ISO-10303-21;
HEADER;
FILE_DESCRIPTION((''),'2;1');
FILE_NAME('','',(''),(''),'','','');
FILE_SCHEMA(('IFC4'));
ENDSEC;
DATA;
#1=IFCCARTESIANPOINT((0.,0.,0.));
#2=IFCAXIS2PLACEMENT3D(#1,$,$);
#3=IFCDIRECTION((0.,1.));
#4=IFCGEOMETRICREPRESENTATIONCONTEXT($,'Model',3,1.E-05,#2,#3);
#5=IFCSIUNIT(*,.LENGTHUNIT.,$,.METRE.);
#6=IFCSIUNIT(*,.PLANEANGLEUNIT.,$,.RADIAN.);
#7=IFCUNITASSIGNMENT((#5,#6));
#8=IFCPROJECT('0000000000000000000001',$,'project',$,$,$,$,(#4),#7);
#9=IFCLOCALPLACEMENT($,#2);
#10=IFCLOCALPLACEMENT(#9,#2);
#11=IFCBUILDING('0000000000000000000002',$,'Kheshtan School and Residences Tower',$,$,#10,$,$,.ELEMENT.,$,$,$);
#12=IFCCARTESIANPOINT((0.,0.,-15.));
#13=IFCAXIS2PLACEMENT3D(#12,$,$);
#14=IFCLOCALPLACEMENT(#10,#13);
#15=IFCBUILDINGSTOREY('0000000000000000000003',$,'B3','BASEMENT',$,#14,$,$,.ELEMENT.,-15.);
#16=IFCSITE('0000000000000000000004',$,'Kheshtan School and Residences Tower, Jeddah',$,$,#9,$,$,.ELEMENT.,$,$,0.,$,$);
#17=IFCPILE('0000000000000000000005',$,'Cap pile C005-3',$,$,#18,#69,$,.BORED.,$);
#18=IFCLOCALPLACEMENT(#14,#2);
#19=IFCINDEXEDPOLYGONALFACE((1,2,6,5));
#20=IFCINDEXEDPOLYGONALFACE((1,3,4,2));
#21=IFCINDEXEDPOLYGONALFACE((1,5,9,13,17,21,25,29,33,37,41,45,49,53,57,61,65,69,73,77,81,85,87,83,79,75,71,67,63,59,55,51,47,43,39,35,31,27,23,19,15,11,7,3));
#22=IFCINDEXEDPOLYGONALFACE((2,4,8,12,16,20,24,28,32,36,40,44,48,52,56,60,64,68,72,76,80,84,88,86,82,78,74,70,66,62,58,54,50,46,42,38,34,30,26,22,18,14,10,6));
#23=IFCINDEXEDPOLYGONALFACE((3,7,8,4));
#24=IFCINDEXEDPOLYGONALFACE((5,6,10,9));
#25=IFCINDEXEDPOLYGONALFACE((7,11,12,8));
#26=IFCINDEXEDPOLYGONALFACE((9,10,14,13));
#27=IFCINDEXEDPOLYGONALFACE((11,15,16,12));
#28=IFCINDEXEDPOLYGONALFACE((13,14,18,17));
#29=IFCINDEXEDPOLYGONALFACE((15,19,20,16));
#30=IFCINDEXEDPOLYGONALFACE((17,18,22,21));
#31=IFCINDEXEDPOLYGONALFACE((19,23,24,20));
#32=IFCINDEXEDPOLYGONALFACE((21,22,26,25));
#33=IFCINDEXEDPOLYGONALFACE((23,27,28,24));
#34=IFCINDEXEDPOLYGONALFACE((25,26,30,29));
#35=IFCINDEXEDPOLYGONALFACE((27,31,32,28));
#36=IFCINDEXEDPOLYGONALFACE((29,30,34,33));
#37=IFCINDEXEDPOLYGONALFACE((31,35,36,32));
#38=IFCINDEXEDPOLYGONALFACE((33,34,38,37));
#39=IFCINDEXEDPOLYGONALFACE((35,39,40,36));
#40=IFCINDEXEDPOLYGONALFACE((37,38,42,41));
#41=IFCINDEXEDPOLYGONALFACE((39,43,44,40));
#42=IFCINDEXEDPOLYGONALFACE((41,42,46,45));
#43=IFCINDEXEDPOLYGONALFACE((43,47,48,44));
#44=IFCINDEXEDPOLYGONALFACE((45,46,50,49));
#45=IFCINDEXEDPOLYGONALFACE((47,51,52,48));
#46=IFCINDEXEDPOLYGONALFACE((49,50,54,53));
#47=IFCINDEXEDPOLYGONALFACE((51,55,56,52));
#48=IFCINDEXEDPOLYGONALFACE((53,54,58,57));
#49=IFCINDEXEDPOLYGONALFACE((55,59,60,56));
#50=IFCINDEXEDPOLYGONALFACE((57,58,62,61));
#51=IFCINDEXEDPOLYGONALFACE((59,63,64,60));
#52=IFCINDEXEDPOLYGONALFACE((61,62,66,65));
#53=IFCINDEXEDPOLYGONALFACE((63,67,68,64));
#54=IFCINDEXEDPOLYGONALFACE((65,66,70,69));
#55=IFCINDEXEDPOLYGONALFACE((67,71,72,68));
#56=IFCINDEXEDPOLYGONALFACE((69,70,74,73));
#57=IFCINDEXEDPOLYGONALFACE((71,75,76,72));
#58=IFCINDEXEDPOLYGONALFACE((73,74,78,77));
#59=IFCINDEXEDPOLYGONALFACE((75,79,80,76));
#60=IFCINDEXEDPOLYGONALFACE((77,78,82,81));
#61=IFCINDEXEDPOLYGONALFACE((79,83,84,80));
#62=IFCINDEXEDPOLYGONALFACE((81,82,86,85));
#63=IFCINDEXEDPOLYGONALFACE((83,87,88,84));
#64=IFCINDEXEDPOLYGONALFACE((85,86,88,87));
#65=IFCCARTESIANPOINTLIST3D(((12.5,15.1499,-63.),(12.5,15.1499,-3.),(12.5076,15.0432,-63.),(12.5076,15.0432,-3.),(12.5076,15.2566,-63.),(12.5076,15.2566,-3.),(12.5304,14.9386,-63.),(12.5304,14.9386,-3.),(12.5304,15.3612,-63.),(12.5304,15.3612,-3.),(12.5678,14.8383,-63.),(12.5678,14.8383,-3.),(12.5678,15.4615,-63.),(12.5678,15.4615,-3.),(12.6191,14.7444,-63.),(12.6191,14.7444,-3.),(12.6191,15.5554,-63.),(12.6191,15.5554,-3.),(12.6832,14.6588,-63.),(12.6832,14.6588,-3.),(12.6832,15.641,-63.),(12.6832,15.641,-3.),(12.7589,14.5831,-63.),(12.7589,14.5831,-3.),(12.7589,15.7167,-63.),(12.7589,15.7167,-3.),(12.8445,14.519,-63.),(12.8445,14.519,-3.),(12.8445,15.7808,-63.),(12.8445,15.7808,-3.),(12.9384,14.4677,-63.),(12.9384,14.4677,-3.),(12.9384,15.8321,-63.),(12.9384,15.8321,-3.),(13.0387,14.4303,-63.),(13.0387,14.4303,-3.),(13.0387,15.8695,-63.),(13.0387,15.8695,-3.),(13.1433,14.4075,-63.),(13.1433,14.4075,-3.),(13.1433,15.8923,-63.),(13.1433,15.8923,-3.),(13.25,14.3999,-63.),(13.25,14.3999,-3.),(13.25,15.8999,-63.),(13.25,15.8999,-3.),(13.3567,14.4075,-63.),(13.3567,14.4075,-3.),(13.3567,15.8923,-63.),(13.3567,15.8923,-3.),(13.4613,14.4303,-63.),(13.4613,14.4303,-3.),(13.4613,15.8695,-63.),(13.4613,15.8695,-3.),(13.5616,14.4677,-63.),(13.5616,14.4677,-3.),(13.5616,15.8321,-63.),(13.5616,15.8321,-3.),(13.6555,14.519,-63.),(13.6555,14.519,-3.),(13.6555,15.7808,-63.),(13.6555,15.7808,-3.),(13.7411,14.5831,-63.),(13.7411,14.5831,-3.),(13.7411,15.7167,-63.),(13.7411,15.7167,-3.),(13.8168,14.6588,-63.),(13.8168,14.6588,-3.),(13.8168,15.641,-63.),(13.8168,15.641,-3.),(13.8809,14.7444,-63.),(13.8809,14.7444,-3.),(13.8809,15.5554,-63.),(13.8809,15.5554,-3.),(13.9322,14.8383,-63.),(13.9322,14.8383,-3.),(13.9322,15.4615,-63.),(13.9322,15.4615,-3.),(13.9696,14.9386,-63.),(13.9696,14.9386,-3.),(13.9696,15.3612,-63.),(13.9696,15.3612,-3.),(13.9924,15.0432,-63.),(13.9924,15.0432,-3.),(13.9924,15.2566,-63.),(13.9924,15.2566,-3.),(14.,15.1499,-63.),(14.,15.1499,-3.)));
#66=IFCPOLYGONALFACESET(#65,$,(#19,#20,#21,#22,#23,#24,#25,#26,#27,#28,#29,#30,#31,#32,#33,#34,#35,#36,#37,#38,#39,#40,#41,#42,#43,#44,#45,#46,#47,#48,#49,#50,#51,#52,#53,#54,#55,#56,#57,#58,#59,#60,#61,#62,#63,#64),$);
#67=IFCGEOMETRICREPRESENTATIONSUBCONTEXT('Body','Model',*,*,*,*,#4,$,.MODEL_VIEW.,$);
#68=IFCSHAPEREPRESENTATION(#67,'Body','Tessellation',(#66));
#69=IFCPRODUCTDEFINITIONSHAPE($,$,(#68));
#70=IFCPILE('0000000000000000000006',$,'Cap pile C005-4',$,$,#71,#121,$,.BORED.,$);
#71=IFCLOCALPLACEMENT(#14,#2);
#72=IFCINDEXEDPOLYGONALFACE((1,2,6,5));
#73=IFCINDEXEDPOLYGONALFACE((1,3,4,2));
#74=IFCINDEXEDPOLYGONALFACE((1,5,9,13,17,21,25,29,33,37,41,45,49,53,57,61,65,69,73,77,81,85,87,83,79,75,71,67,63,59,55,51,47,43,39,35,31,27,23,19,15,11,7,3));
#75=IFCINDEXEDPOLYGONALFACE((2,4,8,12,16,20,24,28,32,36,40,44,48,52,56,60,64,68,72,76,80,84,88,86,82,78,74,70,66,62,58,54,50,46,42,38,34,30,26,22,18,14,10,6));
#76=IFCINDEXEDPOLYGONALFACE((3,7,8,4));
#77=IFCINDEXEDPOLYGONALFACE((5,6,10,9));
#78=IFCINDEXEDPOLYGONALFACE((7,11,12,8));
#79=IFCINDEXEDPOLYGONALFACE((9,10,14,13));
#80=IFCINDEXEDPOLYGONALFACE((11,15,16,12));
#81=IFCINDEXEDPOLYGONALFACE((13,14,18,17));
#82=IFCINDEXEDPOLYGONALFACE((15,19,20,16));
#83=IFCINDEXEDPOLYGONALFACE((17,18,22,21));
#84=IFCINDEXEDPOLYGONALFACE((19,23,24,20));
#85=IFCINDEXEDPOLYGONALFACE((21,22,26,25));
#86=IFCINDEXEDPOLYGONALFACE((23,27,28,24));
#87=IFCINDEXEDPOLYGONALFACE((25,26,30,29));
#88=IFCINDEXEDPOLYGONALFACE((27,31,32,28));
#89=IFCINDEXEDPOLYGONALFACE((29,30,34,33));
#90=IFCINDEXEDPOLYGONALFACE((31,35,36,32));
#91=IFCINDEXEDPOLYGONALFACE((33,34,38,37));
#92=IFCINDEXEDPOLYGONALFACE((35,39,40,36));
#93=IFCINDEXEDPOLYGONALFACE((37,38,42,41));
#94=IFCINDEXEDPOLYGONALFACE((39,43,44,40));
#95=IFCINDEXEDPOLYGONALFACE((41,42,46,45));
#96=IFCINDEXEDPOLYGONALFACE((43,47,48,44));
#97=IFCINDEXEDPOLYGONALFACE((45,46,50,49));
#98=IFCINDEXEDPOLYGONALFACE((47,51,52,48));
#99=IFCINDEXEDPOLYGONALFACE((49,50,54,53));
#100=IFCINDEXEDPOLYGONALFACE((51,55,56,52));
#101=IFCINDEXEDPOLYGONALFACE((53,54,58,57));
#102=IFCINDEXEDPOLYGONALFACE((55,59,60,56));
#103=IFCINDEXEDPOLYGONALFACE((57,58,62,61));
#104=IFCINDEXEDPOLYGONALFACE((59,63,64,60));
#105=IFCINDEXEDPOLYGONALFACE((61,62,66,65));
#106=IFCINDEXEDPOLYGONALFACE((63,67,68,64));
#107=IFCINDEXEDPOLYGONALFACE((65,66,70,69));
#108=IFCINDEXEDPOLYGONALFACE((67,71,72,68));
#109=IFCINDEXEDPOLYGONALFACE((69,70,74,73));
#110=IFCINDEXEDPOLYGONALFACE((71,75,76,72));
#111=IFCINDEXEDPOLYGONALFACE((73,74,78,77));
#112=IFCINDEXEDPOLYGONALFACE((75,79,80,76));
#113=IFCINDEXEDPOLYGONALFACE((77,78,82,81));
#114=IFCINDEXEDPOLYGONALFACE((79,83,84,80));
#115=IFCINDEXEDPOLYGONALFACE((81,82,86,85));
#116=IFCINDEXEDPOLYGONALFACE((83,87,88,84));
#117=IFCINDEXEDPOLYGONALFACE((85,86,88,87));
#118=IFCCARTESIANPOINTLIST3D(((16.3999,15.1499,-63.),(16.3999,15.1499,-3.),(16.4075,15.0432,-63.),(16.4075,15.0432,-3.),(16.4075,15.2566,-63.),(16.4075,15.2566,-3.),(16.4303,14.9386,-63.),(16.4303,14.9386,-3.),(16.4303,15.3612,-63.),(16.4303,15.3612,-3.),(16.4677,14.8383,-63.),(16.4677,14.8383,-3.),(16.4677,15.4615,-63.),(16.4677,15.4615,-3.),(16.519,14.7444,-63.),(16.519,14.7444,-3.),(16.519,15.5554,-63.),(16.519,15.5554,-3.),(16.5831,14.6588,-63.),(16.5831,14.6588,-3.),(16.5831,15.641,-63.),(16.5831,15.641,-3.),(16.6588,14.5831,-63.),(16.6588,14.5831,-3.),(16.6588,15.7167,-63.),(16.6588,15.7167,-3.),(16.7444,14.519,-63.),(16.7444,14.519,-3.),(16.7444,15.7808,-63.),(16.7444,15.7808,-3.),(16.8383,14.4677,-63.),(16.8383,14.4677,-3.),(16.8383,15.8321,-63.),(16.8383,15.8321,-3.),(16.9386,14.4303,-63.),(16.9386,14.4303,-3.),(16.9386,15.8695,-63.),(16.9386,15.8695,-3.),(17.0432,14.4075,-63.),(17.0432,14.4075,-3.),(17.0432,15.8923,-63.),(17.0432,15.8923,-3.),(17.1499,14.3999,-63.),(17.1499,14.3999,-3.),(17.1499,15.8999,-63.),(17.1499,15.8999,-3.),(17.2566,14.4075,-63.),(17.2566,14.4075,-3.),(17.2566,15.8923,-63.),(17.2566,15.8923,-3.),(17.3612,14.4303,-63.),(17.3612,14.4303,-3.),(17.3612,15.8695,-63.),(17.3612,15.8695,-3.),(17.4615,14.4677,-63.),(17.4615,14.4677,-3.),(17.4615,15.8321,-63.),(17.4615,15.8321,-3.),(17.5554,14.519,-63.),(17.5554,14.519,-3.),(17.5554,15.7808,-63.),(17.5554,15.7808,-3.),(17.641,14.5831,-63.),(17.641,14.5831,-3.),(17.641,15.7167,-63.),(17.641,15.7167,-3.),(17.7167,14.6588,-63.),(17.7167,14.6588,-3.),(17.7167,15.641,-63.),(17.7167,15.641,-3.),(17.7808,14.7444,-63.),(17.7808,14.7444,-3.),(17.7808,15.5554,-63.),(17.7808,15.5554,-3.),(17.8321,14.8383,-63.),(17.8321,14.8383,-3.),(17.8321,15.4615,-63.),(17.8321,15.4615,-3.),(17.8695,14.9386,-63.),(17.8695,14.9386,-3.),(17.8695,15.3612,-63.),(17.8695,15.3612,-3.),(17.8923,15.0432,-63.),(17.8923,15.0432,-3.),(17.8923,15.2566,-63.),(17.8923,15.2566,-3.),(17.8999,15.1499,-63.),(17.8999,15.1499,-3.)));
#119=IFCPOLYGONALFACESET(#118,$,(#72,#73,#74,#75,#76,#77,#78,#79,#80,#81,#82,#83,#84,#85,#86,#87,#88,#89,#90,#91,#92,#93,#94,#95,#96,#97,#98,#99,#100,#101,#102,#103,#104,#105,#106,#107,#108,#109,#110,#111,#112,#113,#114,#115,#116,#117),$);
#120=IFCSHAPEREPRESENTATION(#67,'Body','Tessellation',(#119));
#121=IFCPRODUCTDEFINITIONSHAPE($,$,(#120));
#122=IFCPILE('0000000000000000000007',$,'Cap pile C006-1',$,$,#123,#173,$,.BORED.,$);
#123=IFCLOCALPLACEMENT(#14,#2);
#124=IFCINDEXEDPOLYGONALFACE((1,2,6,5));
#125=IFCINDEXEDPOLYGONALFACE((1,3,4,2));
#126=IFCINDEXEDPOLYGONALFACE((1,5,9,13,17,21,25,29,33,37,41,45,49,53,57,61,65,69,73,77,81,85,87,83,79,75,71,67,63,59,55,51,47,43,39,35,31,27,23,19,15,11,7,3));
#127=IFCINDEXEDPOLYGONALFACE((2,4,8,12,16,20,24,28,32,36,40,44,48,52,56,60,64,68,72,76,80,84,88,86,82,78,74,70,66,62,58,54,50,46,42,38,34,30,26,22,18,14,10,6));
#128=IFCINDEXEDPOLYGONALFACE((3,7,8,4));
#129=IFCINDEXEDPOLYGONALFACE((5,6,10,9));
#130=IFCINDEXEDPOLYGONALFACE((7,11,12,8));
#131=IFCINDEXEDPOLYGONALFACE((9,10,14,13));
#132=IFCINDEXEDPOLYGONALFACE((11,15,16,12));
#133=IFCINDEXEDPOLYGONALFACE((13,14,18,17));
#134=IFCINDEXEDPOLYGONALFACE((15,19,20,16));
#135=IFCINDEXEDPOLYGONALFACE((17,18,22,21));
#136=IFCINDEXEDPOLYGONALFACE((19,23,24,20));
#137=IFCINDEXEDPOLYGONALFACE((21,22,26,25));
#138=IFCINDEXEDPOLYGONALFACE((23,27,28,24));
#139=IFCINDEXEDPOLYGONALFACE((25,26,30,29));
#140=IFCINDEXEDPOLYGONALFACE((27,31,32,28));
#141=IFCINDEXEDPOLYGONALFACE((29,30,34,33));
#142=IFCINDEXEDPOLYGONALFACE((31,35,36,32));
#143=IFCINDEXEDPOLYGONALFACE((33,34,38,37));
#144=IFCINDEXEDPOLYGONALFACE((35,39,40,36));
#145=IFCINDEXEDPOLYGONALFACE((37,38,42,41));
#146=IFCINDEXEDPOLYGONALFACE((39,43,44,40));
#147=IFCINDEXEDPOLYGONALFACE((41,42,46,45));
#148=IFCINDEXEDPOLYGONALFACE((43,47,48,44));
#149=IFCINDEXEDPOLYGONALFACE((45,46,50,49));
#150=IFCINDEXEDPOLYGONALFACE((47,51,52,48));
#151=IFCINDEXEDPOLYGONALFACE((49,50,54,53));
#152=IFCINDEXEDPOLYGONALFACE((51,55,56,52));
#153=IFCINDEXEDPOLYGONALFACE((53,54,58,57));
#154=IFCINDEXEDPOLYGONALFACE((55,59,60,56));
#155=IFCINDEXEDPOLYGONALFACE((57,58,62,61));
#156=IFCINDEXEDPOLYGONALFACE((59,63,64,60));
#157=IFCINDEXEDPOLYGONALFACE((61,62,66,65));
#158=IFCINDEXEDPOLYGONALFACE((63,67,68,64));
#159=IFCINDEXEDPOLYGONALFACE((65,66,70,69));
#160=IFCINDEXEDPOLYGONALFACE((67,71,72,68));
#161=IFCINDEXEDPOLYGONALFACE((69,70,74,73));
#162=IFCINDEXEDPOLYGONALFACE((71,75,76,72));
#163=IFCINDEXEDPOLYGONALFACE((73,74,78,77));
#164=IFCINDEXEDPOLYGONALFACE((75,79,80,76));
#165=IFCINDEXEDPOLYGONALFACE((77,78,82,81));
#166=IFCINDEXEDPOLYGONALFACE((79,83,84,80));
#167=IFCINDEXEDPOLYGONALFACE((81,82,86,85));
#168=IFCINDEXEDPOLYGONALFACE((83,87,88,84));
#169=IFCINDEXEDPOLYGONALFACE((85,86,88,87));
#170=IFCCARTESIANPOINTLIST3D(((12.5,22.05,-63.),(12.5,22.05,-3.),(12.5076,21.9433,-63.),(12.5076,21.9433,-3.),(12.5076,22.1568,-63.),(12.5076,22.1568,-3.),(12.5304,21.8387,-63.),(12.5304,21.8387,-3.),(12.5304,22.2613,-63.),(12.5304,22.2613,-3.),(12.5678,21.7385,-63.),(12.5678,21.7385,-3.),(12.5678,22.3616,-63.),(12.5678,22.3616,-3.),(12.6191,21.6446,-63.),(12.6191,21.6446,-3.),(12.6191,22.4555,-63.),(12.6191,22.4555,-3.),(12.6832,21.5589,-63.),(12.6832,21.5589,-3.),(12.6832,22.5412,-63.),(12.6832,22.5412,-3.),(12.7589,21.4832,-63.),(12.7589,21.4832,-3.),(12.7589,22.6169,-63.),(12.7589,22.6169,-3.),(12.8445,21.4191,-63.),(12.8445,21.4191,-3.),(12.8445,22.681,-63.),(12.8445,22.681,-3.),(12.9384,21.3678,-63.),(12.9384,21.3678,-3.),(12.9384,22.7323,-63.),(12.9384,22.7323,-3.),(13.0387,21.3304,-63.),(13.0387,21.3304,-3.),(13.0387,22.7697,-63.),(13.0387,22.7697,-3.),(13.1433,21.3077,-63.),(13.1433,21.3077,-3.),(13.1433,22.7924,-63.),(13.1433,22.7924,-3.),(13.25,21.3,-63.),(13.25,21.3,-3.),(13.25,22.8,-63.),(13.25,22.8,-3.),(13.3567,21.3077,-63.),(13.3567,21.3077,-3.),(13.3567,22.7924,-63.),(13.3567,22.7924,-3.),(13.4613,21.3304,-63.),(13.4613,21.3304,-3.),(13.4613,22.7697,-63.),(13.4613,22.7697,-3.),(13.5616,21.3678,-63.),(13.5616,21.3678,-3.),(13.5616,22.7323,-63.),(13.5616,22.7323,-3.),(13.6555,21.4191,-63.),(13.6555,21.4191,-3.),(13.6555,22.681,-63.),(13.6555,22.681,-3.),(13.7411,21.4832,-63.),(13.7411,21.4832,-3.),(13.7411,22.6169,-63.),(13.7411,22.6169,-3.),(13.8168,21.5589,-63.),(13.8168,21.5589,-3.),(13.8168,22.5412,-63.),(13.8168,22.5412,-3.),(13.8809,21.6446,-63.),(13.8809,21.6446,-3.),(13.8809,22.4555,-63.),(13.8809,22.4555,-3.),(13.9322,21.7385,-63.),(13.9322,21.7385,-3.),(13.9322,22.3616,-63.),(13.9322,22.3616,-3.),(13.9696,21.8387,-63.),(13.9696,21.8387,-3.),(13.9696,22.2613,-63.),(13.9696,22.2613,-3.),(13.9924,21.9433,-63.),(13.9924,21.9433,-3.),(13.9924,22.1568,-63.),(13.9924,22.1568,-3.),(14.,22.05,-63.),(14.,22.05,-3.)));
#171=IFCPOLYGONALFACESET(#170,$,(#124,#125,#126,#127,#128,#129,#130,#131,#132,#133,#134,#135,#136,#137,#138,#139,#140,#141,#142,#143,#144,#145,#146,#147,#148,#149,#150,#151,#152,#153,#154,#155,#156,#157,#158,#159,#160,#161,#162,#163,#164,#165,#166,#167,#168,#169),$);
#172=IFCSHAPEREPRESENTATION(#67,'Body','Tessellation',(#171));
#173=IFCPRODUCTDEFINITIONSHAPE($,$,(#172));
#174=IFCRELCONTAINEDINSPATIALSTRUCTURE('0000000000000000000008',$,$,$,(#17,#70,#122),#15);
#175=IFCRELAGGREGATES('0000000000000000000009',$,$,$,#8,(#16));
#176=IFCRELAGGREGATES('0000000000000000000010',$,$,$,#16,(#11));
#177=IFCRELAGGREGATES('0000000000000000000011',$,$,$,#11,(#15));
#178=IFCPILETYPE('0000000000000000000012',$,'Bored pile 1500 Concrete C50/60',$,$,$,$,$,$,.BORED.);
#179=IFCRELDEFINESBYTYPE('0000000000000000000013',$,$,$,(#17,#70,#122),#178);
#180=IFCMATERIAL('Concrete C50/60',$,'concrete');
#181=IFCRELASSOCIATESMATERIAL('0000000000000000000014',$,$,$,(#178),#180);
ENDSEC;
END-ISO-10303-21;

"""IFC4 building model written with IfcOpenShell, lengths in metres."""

from ifc_helpers import new_model, si_unit, direction, frame, origin, origin_2d, place, context, subcontext, project, spatial, circle, extrude, material, material_profile, profile_set, type_object, element, save


model = new_model("IFC4")

# Units and contexts
model_context = context("Model", 3, precision=1e-05, world=origin(), true_north=direction((0.0, 1.0)))
body_context = subcontext(model_context, "Body", "Model", "MODEL_VIEW")
ifc_project = project(units=[si_unit("LENGTHUNIT", "METRE"), si_unit("PLANEANGLEUNIT", "RADIAN")], contexts=[model_context])

# Site, building, storey
site_placement = place(None, origin())
site = spatial("IfcSite", under=ifc_project, at=site_placement, Name="Kheshtan School and Residences Tower, Jeddah", CompositionType="ELEMENT", RefElevation=0.0)
building_placement = place(site_placement, origin())
building = spatial("IfcBuilding", under=site, at=building_placement, Name="Kheshtan School and Residences Tower", CompositionType="ELEMENT")
storey_placement = place(building_placement, frame((0.0, 0.0, -15.0)))
storey = spatial("IfcBuildingStorey", under=building, at=storey_placement, Name="B3", Description="BASEMENT", CompositionType="ELEMENT", Elevation=-15.0)

# Piles
ifc_material_1 = material(Name="Concrete C50/60", Category="concrete")
ifc_material_profile_1 = material_profile(ifc_material_1, circle(Radius=0.75, at=origin_2d()), Name="BP 1500")
ifc_profile_set_1 = profile_set([ifc_material_profile_1], Name="Concrete C50/60")
pile_type_1 = type_object("IfcPileType", Name="Bored pile 1500 Concrete C50/60", PredefinedType="BORED", material=ifc_profile_set_1)
for number, where, z_axis, x_axis, name in (
    (1, (13.25, 15.1499, -3.0), (0.0, 0.0, -1.0), (1.0, 0.0, 0.0), "Cap pile C005-3"),
    (2, (17.1499, 15.1499, -3.0), (0.0, 0.0, -1.0), (1.0, 0.0, 0.0), "Cap pile C005-4"),
    (3, (13.25, 22.05, -3.0), (0.0, 0.0, -1.0), (1.0, 0.0, 0.0), "Cap pile C006-1"),
):
    element("IfcPile", number, at=place(storey_placement, frame(where, z_axis=z_axis, x_axis=x_axis)), inside=storey, type_object=pile_type_1, Name=name, PredefinedType="BORED", context=body_context, shape_type="SweptSolid", body=[
        extrude(circle(Radius=0.75, at=origin_2d()), origin(), (0.0, 0.0, 1.0), 60.0),
    ])

save(model, "model.ifc")
